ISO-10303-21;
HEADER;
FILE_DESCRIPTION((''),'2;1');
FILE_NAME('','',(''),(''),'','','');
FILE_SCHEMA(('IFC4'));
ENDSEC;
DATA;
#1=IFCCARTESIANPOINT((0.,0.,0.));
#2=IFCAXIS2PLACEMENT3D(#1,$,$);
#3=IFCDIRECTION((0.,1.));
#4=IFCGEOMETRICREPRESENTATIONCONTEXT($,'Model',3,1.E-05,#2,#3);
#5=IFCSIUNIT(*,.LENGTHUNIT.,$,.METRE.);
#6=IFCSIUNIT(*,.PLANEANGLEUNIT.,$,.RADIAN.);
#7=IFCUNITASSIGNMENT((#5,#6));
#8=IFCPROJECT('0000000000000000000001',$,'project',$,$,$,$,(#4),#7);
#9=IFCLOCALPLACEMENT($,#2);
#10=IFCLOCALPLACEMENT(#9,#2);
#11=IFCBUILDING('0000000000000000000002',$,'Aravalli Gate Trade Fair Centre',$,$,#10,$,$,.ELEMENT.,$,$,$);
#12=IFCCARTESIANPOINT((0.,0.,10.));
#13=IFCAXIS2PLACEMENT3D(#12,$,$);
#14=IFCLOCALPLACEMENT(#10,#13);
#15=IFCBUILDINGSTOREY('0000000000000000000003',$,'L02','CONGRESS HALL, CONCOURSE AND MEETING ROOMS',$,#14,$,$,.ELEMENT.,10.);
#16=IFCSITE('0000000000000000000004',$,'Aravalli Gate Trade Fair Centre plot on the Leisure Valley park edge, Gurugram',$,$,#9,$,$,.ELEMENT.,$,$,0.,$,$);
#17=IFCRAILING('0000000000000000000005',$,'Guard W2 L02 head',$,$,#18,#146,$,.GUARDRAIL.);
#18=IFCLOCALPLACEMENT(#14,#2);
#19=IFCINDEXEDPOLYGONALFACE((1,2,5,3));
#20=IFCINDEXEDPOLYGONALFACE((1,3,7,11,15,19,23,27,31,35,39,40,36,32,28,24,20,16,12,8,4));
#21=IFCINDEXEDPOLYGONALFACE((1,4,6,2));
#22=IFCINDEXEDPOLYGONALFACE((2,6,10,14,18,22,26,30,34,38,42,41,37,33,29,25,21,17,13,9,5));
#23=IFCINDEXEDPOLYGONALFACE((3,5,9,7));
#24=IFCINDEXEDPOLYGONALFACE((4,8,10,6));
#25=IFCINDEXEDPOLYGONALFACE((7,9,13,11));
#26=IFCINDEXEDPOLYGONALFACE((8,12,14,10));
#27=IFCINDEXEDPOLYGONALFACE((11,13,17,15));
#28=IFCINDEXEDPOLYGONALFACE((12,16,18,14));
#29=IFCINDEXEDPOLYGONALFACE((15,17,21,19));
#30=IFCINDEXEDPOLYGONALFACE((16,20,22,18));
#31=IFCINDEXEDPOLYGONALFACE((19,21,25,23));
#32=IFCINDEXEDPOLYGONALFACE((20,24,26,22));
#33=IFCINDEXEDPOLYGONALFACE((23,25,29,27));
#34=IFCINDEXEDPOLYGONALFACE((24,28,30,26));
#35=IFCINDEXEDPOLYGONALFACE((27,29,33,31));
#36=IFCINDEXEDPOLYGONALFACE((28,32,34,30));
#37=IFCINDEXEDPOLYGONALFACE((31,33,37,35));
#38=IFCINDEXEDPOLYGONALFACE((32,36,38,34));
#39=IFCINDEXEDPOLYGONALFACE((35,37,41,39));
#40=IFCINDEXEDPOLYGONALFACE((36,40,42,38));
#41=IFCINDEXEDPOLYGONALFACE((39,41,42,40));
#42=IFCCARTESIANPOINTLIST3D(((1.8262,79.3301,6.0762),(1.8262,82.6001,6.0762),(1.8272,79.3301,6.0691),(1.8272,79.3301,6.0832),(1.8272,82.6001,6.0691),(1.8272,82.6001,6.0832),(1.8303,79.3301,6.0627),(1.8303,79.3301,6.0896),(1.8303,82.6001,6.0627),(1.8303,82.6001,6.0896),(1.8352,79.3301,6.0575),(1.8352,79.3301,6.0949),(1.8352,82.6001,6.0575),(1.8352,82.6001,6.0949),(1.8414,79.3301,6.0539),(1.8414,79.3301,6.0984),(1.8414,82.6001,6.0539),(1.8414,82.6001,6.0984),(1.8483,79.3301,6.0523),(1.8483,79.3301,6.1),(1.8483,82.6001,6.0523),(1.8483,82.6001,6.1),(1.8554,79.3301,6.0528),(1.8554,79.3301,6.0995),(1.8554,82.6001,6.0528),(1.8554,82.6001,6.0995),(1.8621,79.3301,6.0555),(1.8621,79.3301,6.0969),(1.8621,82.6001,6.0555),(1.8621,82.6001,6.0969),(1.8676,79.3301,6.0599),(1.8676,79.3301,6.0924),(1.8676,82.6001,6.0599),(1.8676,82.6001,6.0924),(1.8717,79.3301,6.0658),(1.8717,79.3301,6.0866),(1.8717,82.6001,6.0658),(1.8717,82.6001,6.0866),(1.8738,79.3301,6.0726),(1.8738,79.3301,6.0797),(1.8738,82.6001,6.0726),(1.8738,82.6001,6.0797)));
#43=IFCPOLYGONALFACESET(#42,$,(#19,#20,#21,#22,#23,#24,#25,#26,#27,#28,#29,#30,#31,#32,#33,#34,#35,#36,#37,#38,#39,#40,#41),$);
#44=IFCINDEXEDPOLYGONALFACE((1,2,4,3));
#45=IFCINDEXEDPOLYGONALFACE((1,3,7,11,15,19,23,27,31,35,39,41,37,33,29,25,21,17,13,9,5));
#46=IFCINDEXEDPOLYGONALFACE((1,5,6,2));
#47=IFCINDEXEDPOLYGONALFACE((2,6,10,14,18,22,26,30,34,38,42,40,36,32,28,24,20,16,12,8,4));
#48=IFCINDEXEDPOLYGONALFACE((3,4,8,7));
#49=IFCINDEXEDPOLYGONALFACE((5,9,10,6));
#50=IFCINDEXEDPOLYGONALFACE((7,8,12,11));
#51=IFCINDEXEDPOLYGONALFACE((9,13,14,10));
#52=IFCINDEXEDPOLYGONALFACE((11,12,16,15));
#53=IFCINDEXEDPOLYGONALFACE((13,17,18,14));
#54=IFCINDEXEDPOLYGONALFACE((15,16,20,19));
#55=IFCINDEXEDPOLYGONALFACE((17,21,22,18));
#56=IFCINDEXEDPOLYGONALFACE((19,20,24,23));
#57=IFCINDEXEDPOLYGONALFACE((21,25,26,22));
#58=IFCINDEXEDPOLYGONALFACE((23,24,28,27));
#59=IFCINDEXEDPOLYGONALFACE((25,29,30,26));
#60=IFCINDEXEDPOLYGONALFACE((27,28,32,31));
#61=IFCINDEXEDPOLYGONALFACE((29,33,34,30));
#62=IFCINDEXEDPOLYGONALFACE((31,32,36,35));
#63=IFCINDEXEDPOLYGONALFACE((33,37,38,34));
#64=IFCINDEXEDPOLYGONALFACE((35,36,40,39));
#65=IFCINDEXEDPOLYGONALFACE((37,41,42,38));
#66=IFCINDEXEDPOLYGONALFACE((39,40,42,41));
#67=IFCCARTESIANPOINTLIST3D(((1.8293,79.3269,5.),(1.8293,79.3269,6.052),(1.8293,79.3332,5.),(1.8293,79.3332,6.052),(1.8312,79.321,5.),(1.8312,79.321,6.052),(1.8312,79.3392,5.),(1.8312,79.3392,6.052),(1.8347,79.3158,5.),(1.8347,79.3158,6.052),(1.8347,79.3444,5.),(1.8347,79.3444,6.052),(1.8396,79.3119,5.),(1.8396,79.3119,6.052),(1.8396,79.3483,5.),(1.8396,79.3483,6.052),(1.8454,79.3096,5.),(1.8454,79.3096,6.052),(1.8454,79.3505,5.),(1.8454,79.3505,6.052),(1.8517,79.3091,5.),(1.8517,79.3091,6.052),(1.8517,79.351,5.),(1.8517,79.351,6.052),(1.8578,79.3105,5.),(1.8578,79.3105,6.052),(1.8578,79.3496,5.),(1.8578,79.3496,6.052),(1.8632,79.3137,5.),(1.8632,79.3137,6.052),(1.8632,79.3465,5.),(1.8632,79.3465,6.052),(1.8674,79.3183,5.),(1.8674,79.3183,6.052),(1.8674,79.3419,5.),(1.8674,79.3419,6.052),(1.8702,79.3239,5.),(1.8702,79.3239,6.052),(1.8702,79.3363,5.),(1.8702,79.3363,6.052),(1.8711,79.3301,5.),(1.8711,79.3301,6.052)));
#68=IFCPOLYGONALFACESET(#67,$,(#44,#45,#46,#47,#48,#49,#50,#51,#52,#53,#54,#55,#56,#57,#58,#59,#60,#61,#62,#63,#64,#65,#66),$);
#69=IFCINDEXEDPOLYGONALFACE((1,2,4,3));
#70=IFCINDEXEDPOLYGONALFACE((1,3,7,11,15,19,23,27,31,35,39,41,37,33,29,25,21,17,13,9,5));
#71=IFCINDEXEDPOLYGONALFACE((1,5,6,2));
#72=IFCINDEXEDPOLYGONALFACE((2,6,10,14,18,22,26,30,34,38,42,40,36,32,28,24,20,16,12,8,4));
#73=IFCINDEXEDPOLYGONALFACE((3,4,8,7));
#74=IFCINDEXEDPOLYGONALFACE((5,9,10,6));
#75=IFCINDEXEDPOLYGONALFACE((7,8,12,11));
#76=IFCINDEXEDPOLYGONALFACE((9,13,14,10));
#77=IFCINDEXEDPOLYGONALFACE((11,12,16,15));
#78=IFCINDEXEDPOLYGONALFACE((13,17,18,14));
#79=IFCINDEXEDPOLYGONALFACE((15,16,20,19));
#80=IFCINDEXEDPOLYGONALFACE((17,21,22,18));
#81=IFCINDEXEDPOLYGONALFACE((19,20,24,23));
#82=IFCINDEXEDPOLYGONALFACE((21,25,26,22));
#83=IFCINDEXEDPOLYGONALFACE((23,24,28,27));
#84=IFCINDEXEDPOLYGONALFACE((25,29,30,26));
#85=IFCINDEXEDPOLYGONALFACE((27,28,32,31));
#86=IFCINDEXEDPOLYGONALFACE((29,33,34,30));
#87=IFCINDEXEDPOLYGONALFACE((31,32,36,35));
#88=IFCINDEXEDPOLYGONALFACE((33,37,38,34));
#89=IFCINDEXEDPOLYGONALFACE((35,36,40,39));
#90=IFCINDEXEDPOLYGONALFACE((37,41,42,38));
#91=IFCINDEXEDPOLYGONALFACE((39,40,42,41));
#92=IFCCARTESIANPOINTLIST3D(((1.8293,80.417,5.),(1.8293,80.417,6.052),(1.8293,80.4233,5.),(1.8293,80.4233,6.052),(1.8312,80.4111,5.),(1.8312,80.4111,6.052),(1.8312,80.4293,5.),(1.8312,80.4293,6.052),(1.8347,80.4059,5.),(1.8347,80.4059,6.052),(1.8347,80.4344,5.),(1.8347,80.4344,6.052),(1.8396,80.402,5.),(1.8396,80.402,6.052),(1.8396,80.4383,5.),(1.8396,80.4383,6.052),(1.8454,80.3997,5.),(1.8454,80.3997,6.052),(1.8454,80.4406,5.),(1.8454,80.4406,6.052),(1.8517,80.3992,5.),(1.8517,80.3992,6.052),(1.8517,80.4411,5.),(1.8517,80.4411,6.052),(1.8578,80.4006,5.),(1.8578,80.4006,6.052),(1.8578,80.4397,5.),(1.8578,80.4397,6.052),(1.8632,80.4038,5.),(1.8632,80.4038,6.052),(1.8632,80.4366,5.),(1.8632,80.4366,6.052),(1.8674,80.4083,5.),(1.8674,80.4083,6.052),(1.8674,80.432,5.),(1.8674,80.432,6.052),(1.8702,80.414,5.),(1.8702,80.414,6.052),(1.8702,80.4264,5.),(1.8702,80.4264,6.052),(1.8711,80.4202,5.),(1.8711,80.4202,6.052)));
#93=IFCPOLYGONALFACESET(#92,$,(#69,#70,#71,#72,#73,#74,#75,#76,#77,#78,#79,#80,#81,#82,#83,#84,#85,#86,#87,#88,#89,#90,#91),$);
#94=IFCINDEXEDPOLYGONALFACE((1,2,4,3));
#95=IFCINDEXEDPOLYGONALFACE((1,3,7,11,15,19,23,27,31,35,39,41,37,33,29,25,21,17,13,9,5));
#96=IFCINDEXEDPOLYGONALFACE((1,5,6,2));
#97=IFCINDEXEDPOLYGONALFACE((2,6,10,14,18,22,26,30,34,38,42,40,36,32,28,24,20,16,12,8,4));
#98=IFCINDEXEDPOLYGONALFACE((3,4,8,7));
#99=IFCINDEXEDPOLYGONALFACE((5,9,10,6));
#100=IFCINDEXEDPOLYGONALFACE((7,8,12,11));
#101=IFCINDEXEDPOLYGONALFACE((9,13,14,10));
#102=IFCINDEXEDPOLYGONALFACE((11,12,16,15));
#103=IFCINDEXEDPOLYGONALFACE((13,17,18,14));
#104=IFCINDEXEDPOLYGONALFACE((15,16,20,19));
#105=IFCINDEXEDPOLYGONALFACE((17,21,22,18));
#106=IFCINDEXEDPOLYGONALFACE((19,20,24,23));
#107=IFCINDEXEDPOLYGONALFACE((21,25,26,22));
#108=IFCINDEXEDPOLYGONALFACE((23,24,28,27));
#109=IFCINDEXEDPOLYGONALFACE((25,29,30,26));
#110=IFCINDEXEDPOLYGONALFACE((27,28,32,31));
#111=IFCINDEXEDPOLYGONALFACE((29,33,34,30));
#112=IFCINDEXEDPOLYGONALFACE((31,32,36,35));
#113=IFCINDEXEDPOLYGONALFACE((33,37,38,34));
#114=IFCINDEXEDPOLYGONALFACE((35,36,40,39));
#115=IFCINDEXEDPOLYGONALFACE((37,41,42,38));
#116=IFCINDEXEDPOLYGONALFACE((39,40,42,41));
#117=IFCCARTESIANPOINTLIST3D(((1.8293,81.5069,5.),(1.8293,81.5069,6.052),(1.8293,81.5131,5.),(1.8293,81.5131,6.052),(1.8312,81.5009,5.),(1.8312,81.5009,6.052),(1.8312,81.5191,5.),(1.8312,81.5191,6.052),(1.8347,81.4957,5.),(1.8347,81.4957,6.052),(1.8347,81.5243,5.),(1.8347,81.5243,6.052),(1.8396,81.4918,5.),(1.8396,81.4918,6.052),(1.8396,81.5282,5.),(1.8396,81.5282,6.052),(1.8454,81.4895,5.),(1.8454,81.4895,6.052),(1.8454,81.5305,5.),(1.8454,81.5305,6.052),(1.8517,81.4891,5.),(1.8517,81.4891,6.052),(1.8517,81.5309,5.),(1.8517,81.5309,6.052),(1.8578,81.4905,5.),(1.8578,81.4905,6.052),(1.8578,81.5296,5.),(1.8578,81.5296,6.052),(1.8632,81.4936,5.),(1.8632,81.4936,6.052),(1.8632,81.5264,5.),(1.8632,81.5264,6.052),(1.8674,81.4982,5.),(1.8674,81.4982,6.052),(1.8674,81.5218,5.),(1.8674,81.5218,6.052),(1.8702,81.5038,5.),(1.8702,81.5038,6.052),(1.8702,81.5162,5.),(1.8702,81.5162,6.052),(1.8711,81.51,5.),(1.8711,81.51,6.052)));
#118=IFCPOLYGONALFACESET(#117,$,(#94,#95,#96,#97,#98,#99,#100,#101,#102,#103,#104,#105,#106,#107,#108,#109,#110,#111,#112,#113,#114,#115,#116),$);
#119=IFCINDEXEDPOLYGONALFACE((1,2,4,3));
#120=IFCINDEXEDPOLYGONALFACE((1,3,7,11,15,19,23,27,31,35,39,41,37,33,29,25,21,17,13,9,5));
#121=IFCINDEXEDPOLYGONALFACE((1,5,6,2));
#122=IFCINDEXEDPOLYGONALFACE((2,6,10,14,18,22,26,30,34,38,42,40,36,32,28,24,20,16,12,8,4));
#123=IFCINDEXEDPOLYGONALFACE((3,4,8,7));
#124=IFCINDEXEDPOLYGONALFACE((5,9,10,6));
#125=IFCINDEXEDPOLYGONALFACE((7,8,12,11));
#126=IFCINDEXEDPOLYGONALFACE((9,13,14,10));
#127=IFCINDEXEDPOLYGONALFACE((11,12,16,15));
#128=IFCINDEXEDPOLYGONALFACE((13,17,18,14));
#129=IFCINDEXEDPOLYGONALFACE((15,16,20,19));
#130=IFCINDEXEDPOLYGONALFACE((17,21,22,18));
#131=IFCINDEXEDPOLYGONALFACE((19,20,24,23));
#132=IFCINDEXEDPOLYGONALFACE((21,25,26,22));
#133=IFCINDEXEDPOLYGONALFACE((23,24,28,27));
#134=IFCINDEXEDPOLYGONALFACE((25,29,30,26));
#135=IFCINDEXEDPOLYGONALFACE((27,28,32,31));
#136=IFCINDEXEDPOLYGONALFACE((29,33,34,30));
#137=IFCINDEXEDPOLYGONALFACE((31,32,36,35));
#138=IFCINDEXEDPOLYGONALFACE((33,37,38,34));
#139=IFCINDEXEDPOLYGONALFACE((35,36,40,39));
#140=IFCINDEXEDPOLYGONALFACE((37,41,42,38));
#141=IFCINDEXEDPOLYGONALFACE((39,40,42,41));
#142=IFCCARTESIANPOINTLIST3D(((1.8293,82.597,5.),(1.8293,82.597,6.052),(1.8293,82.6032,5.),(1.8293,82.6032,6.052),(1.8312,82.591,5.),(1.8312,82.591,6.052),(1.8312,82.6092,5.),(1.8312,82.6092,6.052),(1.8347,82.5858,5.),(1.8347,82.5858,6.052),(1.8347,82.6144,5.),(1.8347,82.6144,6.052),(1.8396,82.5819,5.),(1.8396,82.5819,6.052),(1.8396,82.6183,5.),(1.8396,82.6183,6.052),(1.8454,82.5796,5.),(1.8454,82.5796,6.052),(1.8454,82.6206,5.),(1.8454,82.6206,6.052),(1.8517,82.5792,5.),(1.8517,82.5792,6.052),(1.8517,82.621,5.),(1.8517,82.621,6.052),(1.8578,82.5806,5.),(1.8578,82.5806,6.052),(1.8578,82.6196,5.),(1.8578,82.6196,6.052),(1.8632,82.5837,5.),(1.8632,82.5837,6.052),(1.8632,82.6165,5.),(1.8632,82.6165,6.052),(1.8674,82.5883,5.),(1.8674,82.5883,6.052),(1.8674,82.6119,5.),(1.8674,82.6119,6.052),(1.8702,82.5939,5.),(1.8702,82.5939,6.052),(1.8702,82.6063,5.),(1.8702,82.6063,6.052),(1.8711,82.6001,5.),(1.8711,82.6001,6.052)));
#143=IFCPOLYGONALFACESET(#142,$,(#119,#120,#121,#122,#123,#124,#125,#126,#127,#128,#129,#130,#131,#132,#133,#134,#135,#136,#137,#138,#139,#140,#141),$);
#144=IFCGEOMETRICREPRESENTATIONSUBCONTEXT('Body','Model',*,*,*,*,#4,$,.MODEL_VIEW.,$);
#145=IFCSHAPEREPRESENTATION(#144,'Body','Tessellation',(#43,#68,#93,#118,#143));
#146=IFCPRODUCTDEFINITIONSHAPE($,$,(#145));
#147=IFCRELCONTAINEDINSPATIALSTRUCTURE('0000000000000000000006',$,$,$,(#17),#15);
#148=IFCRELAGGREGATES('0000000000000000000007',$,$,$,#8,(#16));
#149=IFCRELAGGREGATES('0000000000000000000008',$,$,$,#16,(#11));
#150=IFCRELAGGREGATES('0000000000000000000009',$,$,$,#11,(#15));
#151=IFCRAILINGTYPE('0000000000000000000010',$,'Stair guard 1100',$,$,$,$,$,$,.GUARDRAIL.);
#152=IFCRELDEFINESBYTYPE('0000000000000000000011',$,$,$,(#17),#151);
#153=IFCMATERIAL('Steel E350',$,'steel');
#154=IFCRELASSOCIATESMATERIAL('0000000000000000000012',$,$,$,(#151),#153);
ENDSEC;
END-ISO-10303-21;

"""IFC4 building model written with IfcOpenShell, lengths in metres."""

from ifc_helpers import new_model, si_unit, direction, frame, origin, origin_2d, place, context, subcontext, project, spatial, circle, extrude, material, type_object, element, save


model = new_model("IFC4")

# Units and contexts
model_context = context("Model", 3, precision=1e-05, world=origin(), true_north=direction((0.0, 1.0)))
body_context = subcontext(model_context, "Body", "Model", "MODEL_VIEW")
ifc_project = project(units=[si_unit("LENGTHUNIT", "METRE"), si_unit("PLANEANGLEUNIT", "RADIAN")], contexts=[model_context])

# Site, building, storey
site_placement = place(None, origin())
site = spatial("IfcSite", under=ifc_project, at=site_placement, Name="Aravalli Gate Trade Fair Centre plot on the Leisure Valley park edge, Gurugram", CompositionType="ELEMENT", RefElevation=0.0)
building_placement = place(site_placement, origin())
building = spatial("IfcBuilding", under=site, at=building_placement, Name="Aravalli Gate Trade Fair Centre", CompositionType="ELEMENT")
storey_placement = place(building_placement, frame((0.0, 0.0, 10.0)))
storey = spatial("IfcBuildingStorey", under=building, at=storey_placement, Name="L02", Description="CONGRESS HALL, CONCOURSE AND MEETING ROOMS", CompositionType="ELEMENT", Elevation=10.0)

# Railing
ifc_material_1 = material(Name="Steel E350", Category="steel")
railing_type_1 = type_object("IfcRailingType", Name="Stair guard 1100", PredefinedType="GUARDRAIL", material=ifc_material_1)
railing_1_placement = place(storey_placement, frame((1.8501, 79.3301, 5.0)))
element("IfcRailing", 1, at=railing_1_placement, inside=storey, type_object=railing_type_1, Name="Guard W2 L02 head", PredefinedType="GUARDRAIL", context=body_context, shape_type="SweptSolid", body=[
    extrude(circle(Radius=0.0239, at=origin_2d()), frame((0.0, 0.0, 1.0762), z_axis=(0.0, 1.0, 0.0), x_axis=(-1.0, 0.0, 0.0)), (0.0, 0.0, 1.0), 3.27),
    extrude(circle(Radius=0.021, at=origin_2d()), origin(), (0.0, 0.0, 1.0), 1.052),
    extrude(circle(Radius=0.021, at=origin_2d()), frame((0.0, 1.0901, 0.0)), (0.0, 0.0, 1.0), 1.052),
    extrude(circle(Radius=0.021, at=origin_2d()), frame((0.0, 2.1799, 0.0)), (0.0, 0.0, 1.0), 1.052),
    extrude(circle(Radius=0.021, at=origin_2d()), frame((0.0, 3.27, 0.0)), (0.0, 0.0, 1.0), 1.052),
])

save(model, "model.ifc")
